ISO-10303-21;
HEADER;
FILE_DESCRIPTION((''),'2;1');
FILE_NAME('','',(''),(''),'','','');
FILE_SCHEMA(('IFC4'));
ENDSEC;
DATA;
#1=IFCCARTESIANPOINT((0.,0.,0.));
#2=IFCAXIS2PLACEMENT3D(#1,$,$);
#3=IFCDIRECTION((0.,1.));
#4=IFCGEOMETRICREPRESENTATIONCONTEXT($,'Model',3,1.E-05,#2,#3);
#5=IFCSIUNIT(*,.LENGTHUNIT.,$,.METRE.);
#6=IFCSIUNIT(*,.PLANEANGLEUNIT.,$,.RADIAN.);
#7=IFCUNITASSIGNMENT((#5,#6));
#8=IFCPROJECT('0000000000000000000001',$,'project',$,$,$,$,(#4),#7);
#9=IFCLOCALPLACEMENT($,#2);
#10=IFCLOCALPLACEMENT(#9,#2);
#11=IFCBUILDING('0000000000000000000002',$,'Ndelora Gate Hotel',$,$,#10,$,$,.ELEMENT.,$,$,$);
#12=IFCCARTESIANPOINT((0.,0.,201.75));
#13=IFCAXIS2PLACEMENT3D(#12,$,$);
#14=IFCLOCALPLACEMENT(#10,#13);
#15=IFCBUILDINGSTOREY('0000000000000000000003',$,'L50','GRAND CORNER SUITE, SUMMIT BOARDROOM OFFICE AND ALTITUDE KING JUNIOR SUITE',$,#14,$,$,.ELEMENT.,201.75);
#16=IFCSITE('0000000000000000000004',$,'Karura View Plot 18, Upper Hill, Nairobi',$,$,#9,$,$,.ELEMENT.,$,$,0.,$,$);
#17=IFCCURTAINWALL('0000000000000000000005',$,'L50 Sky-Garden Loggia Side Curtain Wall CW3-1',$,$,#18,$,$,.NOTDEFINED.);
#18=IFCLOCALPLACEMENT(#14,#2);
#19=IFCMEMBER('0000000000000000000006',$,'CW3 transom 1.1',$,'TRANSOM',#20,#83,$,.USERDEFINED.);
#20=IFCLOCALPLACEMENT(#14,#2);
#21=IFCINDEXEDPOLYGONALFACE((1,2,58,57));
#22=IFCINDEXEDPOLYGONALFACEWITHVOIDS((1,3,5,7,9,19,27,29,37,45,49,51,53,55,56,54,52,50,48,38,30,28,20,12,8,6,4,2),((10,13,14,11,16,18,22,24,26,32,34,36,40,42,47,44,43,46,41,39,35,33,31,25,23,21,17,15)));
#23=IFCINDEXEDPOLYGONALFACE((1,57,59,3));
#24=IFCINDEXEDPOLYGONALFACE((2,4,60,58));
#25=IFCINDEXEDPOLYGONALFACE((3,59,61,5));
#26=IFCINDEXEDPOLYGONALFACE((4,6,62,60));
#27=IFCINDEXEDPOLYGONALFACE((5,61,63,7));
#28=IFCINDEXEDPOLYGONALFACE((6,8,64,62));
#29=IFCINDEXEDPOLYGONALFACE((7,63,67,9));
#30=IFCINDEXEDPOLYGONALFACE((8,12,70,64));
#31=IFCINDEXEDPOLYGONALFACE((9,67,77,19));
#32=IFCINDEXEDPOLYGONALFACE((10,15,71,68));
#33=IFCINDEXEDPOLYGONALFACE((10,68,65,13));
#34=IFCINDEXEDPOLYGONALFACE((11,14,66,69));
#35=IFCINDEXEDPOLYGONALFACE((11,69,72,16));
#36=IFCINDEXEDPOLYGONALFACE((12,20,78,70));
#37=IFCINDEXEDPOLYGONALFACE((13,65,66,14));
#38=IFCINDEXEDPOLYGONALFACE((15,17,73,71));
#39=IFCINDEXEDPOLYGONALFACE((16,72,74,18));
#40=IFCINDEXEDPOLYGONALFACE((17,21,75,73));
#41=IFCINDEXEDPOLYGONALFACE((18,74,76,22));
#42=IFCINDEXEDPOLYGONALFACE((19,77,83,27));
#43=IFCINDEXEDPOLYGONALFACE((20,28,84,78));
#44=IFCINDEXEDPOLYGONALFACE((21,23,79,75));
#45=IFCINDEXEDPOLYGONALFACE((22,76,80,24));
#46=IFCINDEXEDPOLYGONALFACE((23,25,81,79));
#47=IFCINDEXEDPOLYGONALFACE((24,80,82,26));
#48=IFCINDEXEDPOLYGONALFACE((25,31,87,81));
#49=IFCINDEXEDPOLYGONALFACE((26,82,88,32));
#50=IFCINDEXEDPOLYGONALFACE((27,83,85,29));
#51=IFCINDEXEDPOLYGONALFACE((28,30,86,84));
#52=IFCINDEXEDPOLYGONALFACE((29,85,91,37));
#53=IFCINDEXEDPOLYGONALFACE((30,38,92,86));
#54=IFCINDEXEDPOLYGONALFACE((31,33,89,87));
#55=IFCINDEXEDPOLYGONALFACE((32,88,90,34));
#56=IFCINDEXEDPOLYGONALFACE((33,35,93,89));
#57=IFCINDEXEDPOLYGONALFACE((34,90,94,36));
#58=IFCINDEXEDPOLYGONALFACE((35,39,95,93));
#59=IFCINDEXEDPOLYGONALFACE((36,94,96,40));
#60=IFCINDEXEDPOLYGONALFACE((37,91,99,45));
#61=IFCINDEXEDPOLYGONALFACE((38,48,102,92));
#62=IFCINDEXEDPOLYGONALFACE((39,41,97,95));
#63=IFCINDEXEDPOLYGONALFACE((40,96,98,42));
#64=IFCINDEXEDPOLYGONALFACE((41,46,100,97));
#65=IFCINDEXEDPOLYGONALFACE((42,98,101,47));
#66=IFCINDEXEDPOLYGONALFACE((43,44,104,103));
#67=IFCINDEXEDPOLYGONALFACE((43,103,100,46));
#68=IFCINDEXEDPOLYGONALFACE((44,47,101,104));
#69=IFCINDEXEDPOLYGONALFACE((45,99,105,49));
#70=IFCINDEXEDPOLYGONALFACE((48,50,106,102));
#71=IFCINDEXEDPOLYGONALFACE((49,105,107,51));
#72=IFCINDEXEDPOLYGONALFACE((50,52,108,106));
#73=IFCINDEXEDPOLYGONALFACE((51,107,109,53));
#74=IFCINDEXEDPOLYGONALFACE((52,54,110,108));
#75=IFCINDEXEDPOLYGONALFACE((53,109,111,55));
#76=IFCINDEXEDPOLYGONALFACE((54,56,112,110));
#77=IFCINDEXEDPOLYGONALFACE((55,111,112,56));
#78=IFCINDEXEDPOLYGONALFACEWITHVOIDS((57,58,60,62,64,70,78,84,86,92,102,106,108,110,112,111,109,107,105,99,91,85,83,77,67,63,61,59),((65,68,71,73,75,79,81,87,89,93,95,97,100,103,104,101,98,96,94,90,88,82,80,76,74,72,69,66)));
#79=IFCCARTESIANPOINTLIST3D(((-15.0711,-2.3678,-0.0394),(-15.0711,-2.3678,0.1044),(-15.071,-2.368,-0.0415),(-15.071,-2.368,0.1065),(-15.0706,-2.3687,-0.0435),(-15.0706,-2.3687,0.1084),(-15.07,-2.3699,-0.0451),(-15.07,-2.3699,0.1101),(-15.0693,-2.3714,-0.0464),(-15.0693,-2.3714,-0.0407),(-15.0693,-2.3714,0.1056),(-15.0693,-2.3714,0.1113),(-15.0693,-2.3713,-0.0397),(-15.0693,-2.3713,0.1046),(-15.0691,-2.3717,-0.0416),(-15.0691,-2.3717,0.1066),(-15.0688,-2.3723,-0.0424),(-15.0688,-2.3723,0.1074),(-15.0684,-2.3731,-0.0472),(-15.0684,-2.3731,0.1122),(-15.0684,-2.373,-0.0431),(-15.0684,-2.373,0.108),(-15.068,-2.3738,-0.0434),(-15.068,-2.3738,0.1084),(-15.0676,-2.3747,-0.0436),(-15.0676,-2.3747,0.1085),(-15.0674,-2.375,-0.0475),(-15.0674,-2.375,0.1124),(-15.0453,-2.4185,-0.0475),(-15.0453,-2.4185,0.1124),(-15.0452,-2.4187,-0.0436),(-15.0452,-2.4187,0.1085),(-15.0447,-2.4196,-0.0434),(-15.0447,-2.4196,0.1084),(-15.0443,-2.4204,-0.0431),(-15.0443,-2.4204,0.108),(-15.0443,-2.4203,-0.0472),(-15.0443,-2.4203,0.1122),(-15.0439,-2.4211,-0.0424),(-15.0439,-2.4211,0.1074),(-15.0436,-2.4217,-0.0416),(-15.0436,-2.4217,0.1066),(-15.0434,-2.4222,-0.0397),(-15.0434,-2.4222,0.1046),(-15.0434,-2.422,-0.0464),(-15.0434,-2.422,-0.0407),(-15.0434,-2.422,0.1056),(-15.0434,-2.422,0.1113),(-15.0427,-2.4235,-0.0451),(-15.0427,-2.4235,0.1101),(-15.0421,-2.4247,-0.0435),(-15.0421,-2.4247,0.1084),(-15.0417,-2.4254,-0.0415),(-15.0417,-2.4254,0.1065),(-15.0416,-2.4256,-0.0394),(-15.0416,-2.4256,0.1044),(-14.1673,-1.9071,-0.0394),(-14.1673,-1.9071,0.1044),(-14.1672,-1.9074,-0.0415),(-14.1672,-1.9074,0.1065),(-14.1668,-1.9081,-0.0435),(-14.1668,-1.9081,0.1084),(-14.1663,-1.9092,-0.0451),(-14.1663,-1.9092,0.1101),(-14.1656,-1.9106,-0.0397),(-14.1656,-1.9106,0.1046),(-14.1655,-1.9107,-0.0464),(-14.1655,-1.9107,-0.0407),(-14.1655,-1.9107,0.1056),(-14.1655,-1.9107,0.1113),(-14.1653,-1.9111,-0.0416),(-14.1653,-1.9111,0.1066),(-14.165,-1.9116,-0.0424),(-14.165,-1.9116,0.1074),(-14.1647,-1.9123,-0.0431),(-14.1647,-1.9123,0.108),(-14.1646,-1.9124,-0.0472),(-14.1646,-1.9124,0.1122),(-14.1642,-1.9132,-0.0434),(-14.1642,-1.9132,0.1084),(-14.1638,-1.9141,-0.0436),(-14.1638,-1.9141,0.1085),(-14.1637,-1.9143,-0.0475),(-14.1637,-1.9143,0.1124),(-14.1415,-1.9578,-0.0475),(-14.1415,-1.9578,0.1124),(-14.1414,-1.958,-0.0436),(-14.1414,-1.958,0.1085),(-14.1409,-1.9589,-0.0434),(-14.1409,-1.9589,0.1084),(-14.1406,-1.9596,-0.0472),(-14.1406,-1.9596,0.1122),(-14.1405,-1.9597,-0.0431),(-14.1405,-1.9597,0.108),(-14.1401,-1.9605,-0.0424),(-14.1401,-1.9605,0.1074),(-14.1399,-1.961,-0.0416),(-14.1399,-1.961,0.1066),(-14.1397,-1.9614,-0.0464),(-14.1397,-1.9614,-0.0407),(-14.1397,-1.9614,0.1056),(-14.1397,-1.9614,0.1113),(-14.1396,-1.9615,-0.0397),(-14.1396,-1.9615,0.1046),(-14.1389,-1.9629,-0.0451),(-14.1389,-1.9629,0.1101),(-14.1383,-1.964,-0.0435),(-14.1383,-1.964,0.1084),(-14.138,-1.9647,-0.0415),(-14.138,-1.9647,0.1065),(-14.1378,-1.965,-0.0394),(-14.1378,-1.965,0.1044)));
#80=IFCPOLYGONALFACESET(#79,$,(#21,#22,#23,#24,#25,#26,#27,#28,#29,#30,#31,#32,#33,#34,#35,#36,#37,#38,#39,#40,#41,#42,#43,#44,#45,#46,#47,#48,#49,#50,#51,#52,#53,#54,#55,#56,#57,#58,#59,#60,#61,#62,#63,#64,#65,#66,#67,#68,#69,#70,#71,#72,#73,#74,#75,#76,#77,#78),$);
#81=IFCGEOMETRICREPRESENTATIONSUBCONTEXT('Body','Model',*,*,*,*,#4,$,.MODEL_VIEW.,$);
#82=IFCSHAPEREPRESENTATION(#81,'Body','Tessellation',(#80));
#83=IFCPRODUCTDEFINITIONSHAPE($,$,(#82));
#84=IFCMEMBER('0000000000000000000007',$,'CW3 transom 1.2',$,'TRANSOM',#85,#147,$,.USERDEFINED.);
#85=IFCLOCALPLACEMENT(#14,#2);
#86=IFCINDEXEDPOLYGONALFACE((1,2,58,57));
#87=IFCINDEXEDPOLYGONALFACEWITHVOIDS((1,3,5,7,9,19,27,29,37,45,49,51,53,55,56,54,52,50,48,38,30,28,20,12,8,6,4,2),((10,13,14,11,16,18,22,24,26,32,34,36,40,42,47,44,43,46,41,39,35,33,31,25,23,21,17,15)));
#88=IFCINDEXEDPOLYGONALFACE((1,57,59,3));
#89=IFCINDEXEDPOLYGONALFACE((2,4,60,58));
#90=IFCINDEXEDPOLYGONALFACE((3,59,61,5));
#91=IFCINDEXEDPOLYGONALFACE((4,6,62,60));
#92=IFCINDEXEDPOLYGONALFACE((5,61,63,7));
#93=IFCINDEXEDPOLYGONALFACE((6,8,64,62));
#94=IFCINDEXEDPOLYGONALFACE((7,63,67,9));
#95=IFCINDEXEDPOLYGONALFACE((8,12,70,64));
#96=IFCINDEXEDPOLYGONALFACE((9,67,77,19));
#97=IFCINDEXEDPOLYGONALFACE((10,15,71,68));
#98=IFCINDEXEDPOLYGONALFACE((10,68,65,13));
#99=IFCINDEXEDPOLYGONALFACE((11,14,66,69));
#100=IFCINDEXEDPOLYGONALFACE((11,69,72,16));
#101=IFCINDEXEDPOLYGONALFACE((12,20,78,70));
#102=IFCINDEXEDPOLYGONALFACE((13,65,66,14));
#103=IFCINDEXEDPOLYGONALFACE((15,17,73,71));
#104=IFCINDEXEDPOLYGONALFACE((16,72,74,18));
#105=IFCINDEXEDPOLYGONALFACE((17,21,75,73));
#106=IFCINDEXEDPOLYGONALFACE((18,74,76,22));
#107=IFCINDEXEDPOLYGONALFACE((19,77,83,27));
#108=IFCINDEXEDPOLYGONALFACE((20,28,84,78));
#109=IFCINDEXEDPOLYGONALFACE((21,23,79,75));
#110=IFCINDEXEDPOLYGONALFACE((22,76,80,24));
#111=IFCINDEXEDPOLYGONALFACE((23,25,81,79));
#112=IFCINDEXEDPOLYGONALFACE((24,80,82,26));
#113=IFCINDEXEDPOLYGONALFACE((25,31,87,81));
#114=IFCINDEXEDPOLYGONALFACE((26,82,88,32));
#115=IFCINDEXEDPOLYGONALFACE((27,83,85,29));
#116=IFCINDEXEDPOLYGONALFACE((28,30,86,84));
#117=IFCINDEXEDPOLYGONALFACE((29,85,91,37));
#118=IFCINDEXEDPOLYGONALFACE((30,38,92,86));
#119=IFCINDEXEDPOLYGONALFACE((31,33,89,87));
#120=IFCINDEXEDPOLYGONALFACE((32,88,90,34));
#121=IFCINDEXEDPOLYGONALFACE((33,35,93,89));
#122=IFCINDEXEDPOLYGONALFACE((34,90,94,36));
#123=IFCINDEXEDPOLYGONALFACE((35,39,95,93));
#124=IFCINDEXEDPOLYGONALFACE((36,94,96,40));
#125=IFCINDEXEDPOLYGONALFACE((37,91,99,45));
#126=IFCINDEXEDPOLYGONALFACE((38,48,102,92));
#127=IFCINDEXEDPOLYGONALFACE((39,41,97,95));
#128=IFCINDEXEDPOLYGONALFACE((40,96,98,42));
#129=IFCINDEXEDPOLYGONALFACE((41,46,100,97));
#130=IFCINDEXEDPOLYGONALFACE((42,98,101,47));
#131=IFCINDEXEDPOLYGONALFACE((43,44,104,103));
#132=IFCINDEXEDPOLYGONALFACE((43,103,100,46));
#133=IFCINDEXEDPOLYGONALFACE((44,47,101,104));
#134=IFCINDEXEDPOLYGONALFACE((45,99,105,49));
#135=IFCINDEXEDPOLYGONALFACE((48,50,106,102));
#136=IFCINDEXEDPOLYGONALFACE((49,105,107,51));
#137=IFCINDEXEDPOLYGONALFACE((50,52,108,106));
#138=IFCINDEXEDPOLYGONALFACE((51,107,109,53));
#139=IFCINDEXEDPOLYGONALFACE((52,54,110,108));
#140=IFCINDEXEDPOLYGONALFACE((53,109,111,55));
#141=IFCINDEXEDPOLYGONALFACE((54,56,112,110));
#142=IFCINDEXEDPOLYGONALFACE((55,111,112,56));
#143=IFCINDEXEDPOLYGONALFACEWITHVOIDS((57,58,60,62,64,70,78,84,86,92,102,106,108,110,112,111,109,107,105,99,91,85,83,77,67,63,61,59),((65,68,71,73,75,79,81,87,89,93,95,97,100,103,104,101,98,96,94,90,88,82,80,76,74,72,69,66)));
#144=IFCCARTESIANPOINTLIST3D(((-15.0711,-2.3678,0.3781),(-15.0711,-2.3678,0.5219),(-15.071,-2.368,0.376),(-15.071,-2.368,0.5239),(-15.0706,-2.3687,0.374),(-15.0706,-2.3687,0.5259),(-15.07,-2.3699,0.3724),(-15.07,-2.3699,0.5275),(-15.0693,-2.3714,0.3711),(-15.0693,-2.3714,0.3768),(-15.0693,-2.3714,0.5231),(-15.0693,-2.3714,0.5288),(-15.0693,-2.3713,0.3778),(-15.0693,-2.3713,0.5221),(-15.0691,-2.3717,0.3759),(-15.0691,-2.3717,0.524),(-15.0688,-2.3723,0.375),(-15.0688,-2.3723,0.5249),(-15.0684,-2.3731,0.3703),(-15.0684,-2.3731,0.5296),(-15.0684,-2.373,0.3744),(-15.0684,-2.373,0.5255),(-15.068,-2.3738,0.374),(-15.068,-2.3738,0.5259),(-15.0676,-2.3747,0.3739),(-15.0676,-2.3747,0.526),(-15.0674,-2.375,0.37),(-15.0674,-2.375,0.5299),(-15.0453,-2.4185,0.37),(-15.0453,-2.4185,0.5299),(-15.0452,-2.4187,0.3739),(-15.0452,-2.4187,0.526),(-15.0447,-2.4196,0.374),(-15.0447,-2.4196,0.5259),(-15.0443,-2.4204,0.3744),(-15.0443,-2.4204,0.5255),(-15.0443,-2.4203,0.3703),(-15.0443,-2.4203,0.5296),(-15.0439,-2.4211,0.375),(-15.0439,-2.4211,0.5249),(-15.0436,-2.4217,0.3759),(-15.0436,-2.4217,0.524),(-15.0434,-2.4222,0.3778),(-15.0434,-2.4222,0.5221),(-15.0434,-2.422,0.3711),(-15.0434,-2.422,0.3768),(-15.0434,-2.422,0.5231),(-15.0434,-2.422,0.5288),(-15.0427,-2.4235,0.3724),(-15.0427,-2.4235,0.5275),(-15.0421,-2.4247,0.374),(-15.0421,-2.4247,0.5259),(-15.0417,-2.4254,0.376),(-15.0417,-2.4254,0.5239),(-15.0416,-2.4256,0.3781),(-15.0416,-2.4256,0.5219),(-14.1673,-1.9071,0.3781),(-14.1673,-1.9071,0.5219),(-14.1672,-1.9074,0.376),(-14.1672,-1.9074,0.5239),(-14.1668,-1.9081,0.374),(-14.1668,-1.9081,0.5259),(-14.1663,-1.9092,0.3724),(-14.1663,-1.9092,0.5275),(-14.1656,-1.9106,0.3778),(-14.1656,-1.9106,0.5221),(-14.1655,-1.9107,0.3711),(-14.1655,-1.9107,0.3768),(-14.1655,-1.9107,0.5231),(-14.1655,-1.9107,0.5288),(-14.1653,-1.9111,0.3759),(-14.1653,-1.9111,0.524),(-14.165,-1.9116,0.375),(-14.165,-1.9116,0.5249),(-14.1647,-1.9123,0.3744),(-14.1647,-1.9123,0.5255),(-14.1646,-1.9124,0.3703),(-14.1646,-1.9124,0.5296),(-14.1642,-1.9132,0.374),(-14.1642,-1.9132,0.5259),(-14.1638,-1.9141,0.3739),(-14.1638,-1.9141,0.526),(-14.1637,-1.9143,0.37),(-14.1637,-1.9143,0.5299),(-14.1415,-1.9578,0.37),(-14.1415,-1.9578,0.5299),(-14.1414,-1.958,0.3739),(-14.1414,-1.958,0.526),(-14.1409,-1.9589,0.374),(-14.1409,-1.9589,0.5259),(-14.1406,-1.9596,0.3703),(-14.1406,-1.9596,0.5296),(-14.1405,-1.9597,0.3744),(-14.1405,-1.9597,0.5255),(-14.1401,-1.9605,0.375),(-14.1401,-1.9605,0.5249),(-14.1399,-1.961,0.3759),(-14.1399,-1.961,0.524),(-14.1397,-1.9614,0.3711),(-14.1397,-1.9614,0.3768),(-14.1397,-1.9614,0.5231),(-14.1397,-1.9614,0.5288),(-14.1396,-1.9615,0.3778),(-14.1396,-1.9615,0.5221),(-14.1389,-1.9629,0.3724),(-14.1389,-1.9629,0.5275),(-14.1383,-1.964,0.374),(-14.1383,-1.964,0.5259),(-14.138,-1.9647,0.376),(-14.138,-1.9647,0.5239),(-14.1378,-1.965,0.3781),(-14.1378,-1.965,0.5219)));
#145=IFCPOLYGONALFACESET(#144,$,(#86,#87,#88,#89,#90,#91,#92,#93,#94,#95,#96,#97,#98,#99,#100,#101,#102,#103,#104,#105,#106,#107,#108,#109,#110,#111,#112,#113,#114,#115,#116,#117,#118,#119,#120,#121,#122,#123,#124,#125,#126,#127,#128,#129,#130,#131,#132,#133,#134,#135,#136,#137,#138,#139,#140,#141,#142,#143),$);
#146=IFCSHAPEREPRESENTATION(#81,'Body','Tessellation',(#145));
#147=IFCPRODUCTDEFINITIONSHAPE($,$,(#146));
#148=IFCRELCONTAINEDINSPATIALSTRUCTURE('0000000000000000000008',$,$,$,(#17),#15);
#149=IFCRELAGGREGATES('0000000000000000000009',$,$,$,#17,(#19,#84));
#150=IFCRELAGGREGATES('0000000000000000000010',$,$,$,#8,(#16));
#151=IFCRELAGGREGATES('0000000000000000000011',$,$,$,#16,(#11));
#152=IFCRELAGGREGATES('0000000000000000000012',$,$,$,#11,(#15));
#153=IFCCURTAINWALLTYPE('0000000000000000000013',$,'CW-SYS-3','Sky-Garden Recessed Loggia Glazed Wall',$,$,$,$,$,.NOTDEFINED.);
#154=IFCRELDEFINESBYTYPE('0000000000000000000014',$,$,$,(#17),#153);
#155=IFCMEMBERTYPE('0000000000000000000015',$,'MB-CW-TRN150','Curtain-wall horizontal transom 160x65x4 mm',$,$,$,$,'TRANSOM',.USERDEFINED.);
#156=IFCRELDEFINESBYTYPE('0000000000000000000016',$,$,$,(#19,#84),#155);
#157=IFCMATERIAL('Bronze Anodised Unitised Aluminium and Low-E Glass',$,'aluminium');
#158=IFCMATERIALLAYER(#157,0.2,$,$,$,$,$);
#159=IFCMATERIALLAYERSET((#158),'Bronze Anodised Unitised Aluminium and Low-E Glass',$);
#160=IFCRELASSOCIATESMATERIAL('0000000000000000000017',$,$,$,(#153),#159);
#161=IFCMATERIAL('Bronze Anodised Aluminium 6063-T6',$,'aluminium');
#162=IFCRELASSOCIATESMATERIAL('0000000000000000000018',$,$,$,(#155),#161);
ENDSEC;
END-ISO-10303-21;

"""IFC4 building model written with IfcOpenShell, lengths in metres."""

from ifc_helpers import new_model, si_unit, direction, frame, origin, origin_2d, place, context, subcontext, project, spatial, hollow_rectangle, extrude, material, layer, layer_set, material_profile, profile_set, type_object, element, aggregate, save


model = new_model("IFC4")

# Units and contexts
model_context = context("Model", 3, precision=1e-05, world=origin(), true_north=direction((0.0, 1.0)))
body_context = subcontext(model_context, "Body", "Model", "MODEL_VIEW")
ifc_project = project(units=[si_unit("LENGTHUNIT", "METRE"), si_unit("PLANEANGLEUNIT", "RADIAN")], contexts=[model_context])

# Site, building, storey
site_placement = place(None, origin())
site = spatial("IfcSite", under=ifc_project, at=site_placement, Name="Karura View Plot 18, Upper Hill, Nairobi", CompositionType="ELEMENT", RefElevation=0.0)
building_placement = place(site_placement, origin())
building = spatial("IfcBuilding", under=site, at=building_placement, Name="Ndelora Gate Hotel", CompositionType="ELEMENT")
storey_placement = place(building_placement, frame((0.0, 0.0, 201.75)))
storey = spatial("IfcBuildingStorey", under=building, at=storey_placement, Name="L50", Description="GRAND CORNER SUITE, SUMMIT BOARDROOM OFFICE AND ALTITUDE KING JUNIOR SUITE", CompositionType="ELEMENT", Elevation=201.75)

# Curtain wall, members
ifc_material_1 = material(Name="Bronze Anodised Unitised Aluminium and Low-E Glass", Category="aluminium")
ifc_layer_1 = layer(ifc_material_1, 0.2)
ifc_layer_set_1 = layer_set([ifc_layer_1], Name="Bronze Anodised Unitised Aluminium and Low-E Glass")
curtain_wall_type = type_object("IfcCurtainWallType", Name="CW-SYS-3", Description="Sky-Garden Recessed Loggia Glazed Wall", PredefinedType="NOTDEFINED", material=ifc_layer_set_1)
curtain_wall_placement = place(storey_placement, origin())
curtain_wall = element("IfcCurtainWall", 1, at=curtain_wall_placement, inside=storey, type_object=curtain_wall_type, Name="L50 Sky-Garden Loggia Side Curtain Wall CW3-1", PredefinedType="NOTDEFINED")
ifc_material_2 = material(Name="Bronze Anodised Aluminium 6063-T6", Category="aluminium")
ifc_material_profile_1 = material_profile(ifc_material_2, hollow_rectangle(XDim=0.0649, YDim=0.1599, WallThickness=0.0039, InnerFilletRadius=0.0039, OuterFilletRadius=0.0081, at=origin_2d()), Name="ALU 160x65x4")
ifc_profile_set_1 = profile_set([ifc_material_profile_1], Name="Bronze Anodised Aluminium 6063-T6")
member_type_1 = type_object("IfcMemberType", Name="MB-CW-TRN150", Description="Curtain-wall horizontal transom 160x65x4 mm", ElementType="TRANSOM", PredefinedType="USERDEFINED", material=ifc_profile_set_1)
member_1_placement = place(storey_placement, frame((-14.1526, -1.936, 0.0325), z_axis=(-0.890935, -0.454131, 0.0), x_axis=(0.454131, -0.890935, 0.0)))
member_1 = element("IfcMember", 2, at=member_1_placement, type_object=member_type_1, Name="CW3 transom 1.1", ObjectType="TRANSOM", PredefinedType="USERDEFINED", context=body_context, shape_type="SweptSolid", body=[
    extrude(hollow_rectangle(XDim=0.0649, YDim=0.1599, WallThickness=0.0039, InnerFilletRadius=0.0039, OuterFilletRadius=0.0081, at=origin_2d()), origin(), (0.0, 0.0, 1.0), 1.0144),
])
member_2_placement = place(storey_placement, frame((-14.1526, -1.936, 0.45), z_axis=(-0.890935, -0.454131, 0.0), x_axis=(0.454131, -0.890935, 0.0)))
member_2 = element("IfcMember", 3, at=member_2_placement, type_object=member_type_1, Name="CW3 transom 1.2", ObjectType="TRANSOM", PredefinedType="USERDEFINED", context=body_context, shape_type="SweptSolid", body=[
    extrude(hollow_rectangle(XDim=0.0649, YDim=0.1599, WallThickness=0.0039, InnerFilletRadius=0.0039, OuterFilletRadius=0.0081, at=origin_2d()), origin(), (0.0, 0.0, 1.0), 1.0144),
])
aggregate(curtain_wall, [member_1, member_2])

save(model, "model.ifc")
